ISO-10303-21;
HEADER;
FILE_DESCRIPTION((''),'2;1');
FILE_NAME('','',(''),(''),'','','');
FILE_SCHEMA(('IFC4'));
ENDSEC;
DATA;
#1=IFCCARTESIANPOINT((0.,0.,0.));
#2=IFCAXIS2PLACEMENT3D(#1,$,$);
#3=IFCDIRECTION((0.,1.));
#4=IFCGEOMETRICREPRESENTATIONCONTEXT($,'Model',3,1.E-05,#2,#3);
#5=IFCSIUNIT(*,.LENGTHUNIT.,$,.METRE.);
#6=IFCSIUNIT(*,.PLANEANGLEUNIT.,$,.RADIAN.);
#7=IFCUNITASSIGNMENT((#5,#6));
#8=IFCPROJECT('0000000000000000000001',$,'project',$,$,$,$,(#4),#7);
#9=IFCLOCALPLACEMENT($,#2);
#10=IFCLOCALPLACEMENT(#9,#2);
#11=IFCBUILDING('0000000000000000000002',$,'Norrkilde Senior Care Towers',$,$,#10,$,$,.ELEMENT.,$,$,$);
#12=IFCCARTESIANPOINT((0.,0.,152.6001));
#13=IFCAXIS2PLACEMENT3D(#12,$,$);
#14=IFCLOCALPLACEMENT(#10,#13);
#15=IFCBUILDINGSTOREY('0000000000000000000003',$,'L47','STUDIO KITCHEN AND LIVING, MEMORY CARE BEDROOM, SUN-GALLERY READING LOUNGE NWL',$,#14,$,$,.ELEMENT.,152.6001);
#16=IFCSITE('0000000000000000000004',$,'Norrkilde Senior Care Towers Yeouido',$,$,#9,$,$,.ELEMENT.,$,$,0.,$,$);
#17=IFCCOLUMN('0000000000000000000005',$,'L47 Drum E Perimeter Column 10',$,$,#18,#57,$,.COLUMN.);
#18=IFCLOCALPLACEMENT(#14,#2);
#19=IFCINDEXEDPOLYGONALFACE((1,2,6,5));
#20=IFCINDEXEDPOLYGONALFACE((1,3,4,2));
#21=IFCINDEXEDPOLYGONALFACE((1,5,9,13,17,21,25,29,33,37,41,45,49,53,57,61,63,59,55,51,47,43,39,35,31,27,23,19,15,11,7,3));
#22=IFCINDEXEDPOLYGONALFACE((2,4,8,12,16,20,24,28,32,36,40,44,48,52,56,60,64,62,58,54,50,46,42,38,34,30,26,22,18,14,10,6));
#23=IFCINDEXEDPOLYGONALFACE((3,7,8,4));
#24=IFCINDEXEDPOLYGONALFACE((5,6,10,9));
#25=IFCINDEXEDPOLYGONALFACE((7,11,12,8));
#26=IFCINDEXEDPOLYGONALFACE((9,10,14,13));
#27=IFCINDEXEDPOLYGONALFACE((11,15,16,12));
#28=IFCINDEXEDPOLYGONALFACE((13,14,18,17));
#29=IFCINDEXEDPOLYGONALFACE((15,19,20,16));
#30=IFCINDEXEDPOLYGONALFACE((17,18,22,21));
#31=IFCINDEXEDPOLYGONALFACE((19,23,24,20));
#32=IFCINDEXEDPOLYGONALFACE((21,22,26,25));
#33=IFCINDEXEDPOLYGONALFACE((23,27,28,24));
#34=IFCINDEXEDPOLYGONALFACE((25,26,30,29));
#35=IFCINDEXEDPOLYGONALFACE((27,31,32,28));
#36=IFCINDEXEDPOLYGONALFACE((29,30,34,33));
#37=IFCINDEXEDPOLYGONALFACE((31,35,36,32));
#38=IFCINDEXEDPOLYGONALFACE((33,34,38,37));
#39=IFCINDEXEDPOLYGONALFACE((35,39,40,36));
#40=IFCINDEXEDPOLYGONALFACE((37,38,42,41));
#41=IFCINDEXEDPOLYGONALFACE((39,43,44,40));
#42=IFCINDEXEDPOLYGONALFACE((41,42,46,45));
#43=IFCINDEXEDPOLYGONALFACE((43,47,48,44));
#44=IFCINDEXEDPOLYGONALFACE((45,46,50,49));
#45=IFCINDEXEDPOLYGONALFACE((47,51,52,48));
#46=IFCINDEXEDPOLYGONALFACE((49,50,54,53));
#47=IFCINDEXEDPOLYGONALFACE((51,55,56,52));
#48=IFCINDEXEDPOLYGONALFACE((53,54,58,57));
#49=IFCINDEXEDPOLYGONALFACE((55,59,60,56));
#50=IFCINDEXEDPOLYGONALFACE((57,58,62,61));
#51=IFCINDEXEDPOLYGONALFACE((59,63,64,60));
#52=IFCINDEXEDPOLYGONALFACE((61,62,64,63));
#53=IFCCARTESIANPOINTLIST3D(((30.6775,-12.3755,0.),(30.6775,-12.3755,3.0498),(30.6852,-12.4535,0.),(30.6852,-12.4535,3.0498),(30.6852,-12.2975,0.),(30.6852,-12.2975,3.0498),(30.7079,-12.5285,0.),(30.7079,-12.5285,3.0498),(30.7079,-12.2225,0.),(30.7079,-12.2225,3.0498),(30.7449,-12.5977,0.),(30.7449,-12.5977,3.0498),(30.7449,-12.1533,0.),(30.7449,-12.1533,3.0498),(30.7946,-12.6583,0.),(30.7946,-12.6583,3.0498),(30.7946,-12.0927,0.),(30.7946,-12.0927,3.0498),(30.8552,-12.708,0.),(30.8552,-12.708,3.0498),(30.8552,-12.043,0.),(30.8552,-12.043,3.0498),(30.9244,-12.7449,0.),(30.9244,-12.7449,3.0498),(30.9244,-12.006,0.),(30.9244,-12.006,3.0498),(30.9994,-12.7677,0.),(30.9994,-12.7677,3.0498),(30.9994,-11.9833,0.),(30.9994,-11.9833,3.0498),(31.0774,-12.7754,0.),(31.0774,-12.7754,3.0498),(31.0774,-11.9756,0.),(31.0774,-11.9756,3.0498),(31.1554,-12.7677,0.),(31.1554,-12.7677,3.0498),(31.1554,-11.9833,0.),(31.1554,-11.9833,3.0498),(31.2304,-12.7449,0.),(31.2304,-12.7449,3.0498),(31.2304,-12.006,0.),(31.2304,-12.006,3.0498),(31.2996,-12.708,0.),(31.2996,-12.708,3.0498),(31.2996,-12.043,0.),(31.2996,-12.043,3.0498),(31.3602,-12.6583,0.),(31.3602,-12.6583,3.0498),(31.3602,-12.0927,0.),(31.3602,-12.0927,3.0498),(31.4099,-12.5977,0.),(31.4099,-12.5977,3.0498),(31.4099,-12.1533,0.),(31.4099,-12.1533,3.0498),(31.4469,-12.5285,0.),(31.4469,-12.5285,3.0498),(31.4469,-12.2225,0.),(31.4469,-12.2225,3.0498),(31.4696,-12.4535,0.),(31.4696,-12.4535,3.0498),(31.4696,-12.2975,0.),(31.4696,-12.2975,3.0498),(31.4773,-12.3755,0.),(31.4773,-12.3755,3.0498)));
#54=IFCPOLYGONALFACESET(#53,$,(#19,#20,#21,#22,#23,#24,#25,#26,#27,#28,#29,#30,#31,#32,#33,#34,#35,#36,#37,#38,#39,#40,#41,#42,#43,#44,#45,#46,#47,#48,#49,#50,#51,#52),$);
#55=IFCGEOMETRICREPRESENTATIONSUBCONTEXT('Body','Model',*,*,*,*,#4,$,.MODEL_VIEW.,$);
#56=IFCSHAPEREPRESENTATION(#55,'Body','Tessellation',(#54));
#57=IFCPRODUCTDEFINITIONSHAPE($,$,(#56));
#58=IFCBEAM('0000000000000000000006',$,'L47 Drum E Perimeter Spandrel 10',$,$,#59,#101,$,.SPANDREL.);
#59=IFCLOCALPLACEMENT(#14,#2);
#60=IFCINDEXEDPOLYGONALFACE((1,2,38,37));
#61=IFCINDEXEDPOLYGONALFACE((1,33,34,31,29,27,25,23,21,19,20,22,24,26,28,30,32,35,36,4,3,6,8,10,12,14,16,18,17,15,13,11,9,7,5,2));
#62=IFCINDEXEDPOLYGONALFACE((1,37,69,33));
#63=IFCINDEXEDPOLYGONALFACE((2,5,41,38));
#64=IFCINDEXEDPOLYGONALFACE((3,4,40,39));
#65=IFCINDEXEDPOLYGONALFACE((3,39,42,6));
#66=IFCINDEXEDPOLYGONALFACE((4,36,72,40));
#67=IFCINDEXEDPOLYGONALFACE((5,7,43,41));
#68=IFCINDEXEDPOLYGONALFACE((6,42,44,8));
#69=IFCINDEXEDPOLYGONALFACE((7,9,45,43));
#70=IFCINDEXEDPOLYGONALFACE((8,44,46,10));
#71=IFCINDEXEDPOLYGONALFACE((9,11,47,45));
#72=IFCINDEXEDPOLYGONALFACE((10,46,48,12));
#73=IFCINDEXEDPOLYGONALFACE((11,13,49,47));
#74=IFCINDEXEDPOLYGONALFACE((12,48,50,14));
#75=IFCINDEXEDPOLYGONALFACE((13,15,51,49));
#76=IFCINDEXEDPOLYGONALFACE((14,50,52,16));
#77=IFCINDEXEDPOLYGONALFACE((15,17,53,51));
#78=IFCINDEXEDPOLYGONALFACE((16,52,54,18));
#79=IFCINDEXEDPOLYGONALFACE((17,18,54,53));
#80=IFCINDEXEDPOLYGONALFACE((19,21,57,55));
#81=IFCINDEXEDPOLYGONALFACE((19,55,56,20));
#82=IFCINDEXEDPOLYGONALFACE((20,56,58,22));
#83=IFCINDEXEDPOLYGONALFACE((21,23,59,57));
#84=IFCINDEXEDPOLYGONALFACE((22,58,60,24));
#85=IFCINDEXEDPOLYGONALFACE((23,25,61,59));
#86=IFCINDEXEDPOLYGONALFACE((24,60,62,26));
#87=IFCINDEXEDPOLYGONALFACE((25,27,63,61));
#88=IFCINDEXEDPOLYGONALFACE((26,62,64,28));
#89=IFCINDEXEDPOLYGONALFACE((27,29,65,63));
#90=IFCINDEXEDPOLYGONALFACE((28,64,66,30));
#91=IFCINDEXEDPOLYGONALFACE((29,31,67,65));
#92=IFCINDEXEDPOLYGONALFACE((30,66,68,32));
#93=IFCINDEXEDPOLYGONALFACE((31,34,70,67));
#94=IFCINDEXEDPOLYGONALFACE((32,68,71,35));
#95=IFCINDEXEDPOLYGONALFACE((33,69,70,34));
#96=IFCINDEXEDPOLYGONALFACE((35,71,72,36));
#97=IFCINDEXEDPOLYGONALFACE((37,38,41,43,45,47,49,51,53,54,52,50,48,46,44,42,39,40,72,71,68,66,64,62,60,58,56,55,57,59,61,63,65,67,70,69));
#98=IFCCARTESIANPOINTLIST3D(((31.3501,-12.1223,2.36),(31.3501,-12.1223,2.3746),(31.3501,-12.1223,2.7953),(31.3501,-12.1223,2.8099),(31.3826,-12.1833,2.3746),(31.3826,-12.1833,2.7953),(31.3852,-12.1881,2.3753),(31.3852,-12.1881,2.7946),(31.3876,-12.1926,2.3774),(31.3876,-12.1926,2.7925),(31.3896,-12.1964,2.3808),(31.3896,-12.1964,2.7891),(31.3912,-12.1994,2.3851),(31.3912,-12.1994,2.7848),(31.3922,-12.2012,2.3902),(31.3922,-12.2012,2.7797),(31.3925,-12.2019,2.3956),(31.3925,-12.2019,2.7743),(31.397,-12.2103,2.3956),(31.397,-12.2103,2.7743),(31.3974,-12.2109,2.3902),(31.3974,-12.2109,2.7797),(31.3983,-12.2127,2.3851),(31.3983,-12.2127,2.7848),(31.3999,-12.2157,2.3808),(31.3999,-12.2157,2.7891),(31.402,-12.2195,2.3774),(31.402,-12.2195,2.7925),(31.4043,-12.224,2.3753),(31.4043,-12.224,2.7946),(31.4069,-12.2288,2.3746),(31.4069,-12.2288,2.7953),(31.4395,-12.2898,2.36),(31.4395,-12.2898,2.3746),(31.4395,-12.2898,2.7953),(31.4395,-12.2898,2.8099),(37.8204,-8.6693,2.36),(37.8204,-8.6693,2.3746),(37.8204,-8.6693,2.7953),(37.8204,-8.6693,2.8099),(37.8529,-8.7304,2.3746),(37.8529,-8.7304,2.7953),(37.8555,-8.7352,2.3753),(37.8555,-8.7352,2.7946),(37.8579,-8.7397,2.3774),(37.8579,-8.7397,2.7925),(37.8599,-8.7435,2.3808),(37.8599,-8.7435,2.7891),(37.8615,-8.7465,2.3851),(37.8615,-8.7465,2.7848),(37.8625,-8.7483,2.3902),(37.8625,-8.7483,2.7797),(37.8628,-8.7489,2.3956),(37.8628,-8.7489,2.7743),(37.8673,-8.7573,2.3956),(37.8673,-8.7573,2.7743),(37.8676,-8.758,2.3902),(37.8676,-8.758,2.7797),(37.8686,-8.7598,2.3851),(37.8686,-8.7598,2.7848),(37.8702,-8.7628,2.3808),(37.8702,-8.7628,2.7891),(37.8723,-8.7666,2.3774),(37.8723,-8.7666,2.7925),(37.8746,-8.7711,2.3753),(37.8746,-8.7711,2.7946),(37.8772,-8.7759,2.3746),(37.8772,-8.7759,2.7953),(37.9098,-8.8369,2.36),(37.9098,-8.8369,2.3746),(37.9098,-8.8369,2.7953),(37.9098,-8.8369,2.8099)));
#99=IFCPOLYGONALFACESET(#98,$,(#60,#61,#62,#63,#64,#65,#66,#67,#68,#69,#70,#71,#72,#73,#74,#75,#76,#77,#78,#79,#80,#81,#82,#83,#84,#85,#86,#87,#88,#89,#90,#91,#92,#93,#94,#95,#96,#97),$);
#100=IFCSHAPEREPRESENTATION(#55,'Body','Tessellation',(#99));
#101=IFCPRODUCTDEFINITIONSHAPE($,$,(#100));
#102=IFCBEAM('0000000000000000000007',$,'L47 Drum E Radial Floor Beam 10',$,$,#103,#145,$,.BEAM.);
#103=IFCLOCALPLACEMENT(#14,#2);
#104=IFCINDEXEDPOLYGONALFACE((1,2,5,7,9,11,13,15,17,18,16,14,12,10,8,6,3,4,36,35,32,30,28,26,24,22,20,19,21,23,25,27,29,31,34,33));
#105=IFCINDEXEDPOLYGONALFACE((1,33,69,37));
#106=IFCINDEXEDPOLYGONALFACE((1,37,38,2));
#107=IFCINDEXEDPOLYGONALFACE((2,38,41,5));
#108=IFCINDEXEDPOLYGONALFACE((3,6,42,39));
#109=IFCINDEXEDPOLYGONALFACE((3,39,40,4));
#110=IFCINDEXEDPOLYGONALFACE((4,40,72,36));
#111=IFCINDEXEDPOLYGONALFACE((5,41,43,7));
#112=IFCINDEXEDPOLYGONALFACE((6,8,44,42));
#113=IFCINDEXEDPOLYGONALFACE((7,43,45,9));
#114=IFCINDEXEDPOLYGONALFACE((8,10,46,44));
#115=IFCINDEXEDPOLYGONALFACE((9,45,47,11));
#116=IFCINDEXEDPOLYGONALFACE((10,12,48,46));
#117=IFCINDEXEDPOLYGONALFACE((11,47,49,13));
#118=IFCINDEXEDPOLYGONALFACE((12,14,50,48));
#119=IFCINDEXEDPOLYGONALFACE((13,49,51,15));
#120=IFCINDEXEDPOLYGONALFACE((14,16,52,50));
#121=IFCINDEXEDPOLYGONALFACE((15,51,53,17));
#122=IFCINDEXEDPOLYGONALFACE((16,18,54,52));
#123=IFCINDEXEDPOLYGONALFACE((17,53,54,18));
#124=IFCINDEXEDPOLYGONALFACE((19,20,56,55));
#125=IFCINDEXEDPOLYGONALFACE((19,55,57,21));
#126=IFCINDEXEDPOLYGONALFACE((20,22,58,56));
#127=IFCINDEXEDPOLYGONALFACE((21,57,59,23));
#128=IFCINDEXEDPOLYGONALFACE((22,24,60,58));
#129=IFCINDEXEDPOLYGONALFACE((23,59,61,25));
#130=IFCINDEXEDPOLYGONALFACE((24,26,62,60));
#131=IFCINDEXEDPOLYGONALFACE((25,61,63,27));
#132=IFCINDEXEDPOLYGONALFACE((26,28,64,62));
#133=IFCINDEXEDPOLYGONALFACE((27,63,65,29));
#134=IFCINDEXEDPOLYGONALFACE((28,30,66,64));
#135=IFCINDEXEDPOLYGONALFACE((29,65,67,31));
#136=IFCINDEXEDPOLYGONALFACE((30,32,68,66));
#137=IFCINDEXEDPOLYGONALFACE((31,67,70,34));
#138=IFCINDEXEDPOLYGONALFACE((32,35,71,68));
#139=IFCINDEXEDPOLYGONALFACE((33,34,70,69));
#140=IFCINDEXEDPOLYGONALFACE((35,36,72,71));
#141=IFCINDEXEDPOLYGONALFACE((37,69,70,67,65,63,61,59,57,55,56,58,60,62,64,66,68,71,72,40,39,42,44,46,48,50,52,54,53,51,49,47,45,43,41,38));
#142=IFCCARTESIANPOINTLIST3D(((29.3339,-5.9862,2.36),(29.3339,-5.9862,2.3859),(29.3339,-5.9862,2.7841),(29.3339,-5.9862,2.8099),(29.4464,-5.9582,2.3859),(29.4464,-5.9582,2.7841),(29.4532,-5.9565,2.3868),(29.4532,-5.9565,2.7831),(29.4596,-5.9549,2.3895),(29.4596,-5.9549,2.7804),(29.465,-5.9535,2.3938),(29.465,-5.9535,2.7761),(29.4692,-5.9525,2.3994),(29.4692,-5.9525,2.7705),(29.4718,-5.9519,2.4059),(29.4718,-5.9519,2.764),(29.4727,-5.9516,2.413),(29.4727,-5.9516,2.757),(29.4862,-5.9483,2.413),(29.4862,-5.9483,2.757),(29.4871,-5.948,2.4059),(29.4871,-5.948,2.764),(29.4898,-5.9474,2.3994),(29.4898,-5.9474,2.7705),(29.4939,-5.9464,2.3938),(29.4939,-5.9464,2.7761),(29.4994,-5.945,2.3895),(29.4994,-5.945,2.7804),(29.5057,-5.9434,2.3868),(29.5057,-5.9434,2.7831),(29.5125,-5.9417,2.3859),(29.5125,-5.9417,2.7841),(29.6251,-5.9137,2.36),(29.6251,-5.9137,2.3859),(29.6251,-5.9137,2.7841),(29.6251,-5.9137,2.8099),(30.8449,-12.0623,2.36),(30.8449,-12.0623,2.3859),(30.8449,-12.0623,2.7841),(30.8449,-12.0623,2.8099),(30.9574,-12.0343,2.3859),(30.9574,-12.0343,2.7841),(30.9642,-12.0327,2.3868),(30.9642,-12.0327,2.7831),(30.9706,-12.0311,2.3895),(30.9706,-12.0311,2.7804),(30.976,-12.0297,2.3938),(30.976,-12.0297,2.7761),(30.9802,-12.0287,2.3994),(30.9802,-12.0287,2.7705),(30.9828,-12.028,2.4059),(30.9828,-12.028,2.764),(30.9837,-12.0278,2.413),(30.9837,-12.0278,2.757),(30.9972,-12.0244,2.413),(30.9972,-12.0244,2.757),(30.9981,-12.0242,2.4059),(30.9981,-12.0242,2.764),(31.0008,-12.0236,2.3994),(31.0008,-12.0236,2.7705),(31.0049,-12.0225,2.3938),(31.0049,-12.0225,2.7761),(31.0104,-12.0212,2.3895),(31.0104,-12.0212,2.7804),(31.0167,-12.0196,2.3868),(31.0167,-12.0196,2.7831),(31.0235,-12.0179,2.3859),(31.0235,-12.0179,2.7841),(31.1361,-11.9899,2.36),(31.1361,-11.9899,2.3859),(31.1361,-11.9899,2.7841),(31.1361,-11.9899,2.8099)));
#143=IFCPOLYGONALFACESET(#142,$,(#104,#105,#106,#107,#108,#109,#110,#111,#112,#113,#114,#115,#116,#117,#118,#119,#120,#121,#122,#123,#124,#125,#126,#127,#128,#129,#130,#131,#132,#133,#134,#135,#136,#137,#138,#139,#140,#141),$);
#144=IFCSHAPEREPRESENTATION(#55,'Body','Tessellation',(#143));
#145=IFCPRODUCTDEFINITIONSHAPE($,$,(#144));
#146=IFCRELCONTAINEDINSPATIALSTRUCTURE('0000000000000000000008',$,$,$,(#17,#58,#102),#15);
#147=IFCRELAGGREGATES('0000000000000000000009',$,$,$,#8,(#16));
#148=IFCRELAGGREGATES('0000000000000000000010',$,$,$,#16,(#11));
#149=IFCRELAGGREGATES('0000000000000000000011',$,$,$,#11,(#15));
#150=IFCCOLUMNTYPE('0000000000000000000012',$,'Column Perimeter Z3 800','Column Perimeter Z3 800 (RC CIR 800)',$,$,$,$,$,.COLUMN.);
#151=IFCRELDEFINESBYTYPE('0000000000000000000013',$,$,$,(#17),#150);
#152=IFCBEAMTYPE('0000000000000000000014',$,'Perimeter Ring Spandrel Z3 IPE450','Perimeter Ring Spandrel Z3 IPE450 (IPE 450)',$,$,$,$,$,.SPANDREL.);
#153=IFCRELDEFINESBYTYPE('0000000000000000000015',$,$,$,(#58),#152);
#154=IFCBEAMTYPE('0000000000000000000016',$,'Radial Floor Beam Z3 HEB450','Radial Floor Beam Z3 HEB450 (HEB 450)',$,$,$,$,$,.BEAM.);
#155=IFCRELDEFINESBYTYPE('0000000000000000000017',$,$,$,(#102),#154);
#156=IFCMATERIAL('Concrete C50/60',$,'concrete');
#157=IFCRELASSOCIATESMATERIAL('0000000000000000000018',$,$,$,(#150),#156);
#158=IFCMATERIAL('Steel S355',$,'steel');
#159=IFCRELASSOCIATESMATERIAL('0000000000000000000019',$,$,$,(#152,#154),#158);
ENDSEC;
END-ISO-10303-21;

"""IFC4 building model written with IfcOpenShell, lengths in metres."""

from ifc_helpers import new_model, si_unit, direction, frame, origin, origin_2d, place, context, subcontext, project, spatial, circle, i_section, extrude, source, transform, mapped, material, material_profile, profile_set, type_object, type_shapes, element, save


model = new_model("IFC4")

# Units and contexts
model_context = context("Model", 3, precision=1e-05, world=origin(), true_north=direction((0.0, 1.0)))
body_context = subcontext(model_context, "Body", "Model", "MODEL_VIEW")
ifc_project = project(units=[si_unit("LENGTHUNIT", "METRE"), si_unit("PLANEANGLEUNIT", "RADIAN")], contexts=[model_context])

# Site, building, storey
site_placement = place(None, origin())
site = spatial("IfcSite", under=ifc_project, at=site_placement, Name="Norrkilde Senior Care Towers Yeouido", CompositionType="ELEMENT", RefElevation=0.0)
building_placement = place(site_placement, origin())
building = spatial("IfcBuilding", under=site, at=building_placement, Name="Norrkilde Senior Care Towers", CompositionType="ELEMENT")
storey_placement = place(building_placement, frame((0.0, 0.0, 152.6001)))
storey = spatial("IfcBuildingStorey", under=building, at=storey_placement, Name="L47", Description="STUDIO KITCHEN AND LIVING, MEMORY CARE BEDROOM, SUN-GALLERY READING LOUNGE NWL", CompositionType="ELEMENT", Elevation=152.6001)

# Column
ifc_material_1 = material(Name="Concrete C50/60", Category="concrete")
ifc_material_profile_1 = material_profile(ifc_material_1, circle(Radius=0.3999, at=origin_2d()), Name="RC CIR 800")
ifc_profile_set_1 = profile_set([ifc_material_profile_1], Name="Concrete C50/60")
column_type = type_object("IfcColumnType", Name="Column Perimeter Z3 800", Description="Column Perimeter Z3 800 (RC CIR 800)", PredefinedType="COLUMN", material=ifc_profile_set_1)
shared_shape_1 = source(origin(), body_context, "Body", "SweptSolid", [
    extrude(circle(Radius=0.3999, at=origin_2d()), origin(), (0.0, 0.0, 1.0), 3.0498),
])
type_shapes(column_type, [shared_shape_1])
column_placement = place(storey_placement, frame((31.0774, -12.3755, 0.0), z_axis=(0.0, 0.0, 1.0), x_axis=(1.0, 0.0, 0.0)))
element("IfcColumn", 1, at=column_placement, inside=storey, type_object=column_type, Name="L47 Drum E Perimeter Column 10", PredefinedType="COLUMN", context=body_context, shape_type="MappedRepresentation", body=[
    mapped(shared_shape_1, transform((0.0, 0.0, 0.0), x_axis=(1.0, 0.0, 0.0), y_axis=(0.0, 1.0, 0.0), z_axis=(0.0, 0.0, 1.0), scale=1.0)),
])

# Beams
ifc_material_2 = material(Name="Steel S355", Category="steel")
ifc_material_profile_2 = material_profile(ifc_material_2, i_section(OverallWidth=0.1899, OverallDepth=0.45, WebThickness=0.0095, FlangeThickness=0.0146, FilletRadius=0.021, at=origin_2d()), Name="IPE 450")
ifc_profile_set_2 = profile_set([ifc_material_profile_2], Name="Steel S355")
beam_type_1 = type_object("IfcBeamType", Name="Perimeter Ring Spandrel Z3 IPE450", Description="Perimeter Ring Spandrel Z3 IPE450 (IPE 450)", PredefinedType="SPANDREL", material=ifc_profile_set_2)
shared_shape_2 = source(origin(), body_context, "Body", "SweptSolid", [
    extrude(i_section(OverallWidth=0.1899, OverallDepth=0.45, WebThickness=0.0095, FlangeThickness=0.0146, FilletRadius=0.021, at=origin_2d()), origin(), (0.0, 0.0, 1.0), 7.334),
])
type_shapes(beam_type_1, [shared_shape_2])
beam_1_placement = place(storey_placement, frame((31.3948, -12.2061, 2.585), z_axis=(0.882234, 0.470811, 0.0), x_axis=(-0.470811, 0.882234, 0.0)))
element("IfcBeam", 2, at=beam_1_placement, inside=storey, type_object=beam_type_1, Name="L47 Drum E Perimeter Spandrel 10", PredefinedType="SPANDREL", context=body_context, shape_type="MappedRepresentation", body=[
    mapped(shared_shape_2, transform((0.0, 0.0, 0.0), x_axis=(1.0, 0.0, 0.0), y_axis=(0.0, 1.0, 0.0), z_axis=(0.0, 0.0, 1.0), scale=1.0)),
])
ifc_material_profile_3 = material_profile(ifc_material_2, i_section(OverallWidth=0.3, OverallDepth=0.45, WebThickness=0.0139, FlangeThickness=0.0259, FilletRadius=0.0271, at=origin_2d()), Name="HEB 450")
ifc_profile_set_3 = profile_set([ifc_material_profile_3], Name="Steel S355")
beam_type_2 = type_object("IfcBeamType", Name="Radial Floor Beam Z3 HEB450", Description="Radial Floor Beam Z3 HEB450 (HEB 450)", PredefinedType="BEAM", material=ifc_profile_set_3)
shared_shape_3 = source(origin(), body_context, "Body", "SweptSolid", [
    extrude(i_section(OverallWidth=0.3, OverallDepth=0.45, WebThickness=0.0139, FlangeThickness=0.0259, FilletRadius=0.0271, at=origin_2d()), origin(), (0.0, 0.0, 1.0), 6.2612),
])
type_shapes(beam_type_2, [shared_shape_3])
beam_2_placement = place(storey_placement, frame((29.4795, -5.95, 2.585), z_axis=(0.241324, -0.970445, 0.0), x_axis=(0.970445, 0.241324, 0.0)))
element("IfcBeam", 3, at=beam_2_placement, inside=storey, type_object=beam_type_2, Name="L47 Drum E Radial Floor Beam 10", PredefinedType="BEAM", context=body_context, shape_type="MappedRepresentation", body=[
    mapped(shared_shape_3, transform((0.0, 0.0, 0.0), x_axis=(1.0, 0.0, 0.0), y_axis=(0.0, 1.0, 0.0), z_axis=(0.0, 0.0, 1.0), scale=1.0)),
])

save(model, "model.ifc")
